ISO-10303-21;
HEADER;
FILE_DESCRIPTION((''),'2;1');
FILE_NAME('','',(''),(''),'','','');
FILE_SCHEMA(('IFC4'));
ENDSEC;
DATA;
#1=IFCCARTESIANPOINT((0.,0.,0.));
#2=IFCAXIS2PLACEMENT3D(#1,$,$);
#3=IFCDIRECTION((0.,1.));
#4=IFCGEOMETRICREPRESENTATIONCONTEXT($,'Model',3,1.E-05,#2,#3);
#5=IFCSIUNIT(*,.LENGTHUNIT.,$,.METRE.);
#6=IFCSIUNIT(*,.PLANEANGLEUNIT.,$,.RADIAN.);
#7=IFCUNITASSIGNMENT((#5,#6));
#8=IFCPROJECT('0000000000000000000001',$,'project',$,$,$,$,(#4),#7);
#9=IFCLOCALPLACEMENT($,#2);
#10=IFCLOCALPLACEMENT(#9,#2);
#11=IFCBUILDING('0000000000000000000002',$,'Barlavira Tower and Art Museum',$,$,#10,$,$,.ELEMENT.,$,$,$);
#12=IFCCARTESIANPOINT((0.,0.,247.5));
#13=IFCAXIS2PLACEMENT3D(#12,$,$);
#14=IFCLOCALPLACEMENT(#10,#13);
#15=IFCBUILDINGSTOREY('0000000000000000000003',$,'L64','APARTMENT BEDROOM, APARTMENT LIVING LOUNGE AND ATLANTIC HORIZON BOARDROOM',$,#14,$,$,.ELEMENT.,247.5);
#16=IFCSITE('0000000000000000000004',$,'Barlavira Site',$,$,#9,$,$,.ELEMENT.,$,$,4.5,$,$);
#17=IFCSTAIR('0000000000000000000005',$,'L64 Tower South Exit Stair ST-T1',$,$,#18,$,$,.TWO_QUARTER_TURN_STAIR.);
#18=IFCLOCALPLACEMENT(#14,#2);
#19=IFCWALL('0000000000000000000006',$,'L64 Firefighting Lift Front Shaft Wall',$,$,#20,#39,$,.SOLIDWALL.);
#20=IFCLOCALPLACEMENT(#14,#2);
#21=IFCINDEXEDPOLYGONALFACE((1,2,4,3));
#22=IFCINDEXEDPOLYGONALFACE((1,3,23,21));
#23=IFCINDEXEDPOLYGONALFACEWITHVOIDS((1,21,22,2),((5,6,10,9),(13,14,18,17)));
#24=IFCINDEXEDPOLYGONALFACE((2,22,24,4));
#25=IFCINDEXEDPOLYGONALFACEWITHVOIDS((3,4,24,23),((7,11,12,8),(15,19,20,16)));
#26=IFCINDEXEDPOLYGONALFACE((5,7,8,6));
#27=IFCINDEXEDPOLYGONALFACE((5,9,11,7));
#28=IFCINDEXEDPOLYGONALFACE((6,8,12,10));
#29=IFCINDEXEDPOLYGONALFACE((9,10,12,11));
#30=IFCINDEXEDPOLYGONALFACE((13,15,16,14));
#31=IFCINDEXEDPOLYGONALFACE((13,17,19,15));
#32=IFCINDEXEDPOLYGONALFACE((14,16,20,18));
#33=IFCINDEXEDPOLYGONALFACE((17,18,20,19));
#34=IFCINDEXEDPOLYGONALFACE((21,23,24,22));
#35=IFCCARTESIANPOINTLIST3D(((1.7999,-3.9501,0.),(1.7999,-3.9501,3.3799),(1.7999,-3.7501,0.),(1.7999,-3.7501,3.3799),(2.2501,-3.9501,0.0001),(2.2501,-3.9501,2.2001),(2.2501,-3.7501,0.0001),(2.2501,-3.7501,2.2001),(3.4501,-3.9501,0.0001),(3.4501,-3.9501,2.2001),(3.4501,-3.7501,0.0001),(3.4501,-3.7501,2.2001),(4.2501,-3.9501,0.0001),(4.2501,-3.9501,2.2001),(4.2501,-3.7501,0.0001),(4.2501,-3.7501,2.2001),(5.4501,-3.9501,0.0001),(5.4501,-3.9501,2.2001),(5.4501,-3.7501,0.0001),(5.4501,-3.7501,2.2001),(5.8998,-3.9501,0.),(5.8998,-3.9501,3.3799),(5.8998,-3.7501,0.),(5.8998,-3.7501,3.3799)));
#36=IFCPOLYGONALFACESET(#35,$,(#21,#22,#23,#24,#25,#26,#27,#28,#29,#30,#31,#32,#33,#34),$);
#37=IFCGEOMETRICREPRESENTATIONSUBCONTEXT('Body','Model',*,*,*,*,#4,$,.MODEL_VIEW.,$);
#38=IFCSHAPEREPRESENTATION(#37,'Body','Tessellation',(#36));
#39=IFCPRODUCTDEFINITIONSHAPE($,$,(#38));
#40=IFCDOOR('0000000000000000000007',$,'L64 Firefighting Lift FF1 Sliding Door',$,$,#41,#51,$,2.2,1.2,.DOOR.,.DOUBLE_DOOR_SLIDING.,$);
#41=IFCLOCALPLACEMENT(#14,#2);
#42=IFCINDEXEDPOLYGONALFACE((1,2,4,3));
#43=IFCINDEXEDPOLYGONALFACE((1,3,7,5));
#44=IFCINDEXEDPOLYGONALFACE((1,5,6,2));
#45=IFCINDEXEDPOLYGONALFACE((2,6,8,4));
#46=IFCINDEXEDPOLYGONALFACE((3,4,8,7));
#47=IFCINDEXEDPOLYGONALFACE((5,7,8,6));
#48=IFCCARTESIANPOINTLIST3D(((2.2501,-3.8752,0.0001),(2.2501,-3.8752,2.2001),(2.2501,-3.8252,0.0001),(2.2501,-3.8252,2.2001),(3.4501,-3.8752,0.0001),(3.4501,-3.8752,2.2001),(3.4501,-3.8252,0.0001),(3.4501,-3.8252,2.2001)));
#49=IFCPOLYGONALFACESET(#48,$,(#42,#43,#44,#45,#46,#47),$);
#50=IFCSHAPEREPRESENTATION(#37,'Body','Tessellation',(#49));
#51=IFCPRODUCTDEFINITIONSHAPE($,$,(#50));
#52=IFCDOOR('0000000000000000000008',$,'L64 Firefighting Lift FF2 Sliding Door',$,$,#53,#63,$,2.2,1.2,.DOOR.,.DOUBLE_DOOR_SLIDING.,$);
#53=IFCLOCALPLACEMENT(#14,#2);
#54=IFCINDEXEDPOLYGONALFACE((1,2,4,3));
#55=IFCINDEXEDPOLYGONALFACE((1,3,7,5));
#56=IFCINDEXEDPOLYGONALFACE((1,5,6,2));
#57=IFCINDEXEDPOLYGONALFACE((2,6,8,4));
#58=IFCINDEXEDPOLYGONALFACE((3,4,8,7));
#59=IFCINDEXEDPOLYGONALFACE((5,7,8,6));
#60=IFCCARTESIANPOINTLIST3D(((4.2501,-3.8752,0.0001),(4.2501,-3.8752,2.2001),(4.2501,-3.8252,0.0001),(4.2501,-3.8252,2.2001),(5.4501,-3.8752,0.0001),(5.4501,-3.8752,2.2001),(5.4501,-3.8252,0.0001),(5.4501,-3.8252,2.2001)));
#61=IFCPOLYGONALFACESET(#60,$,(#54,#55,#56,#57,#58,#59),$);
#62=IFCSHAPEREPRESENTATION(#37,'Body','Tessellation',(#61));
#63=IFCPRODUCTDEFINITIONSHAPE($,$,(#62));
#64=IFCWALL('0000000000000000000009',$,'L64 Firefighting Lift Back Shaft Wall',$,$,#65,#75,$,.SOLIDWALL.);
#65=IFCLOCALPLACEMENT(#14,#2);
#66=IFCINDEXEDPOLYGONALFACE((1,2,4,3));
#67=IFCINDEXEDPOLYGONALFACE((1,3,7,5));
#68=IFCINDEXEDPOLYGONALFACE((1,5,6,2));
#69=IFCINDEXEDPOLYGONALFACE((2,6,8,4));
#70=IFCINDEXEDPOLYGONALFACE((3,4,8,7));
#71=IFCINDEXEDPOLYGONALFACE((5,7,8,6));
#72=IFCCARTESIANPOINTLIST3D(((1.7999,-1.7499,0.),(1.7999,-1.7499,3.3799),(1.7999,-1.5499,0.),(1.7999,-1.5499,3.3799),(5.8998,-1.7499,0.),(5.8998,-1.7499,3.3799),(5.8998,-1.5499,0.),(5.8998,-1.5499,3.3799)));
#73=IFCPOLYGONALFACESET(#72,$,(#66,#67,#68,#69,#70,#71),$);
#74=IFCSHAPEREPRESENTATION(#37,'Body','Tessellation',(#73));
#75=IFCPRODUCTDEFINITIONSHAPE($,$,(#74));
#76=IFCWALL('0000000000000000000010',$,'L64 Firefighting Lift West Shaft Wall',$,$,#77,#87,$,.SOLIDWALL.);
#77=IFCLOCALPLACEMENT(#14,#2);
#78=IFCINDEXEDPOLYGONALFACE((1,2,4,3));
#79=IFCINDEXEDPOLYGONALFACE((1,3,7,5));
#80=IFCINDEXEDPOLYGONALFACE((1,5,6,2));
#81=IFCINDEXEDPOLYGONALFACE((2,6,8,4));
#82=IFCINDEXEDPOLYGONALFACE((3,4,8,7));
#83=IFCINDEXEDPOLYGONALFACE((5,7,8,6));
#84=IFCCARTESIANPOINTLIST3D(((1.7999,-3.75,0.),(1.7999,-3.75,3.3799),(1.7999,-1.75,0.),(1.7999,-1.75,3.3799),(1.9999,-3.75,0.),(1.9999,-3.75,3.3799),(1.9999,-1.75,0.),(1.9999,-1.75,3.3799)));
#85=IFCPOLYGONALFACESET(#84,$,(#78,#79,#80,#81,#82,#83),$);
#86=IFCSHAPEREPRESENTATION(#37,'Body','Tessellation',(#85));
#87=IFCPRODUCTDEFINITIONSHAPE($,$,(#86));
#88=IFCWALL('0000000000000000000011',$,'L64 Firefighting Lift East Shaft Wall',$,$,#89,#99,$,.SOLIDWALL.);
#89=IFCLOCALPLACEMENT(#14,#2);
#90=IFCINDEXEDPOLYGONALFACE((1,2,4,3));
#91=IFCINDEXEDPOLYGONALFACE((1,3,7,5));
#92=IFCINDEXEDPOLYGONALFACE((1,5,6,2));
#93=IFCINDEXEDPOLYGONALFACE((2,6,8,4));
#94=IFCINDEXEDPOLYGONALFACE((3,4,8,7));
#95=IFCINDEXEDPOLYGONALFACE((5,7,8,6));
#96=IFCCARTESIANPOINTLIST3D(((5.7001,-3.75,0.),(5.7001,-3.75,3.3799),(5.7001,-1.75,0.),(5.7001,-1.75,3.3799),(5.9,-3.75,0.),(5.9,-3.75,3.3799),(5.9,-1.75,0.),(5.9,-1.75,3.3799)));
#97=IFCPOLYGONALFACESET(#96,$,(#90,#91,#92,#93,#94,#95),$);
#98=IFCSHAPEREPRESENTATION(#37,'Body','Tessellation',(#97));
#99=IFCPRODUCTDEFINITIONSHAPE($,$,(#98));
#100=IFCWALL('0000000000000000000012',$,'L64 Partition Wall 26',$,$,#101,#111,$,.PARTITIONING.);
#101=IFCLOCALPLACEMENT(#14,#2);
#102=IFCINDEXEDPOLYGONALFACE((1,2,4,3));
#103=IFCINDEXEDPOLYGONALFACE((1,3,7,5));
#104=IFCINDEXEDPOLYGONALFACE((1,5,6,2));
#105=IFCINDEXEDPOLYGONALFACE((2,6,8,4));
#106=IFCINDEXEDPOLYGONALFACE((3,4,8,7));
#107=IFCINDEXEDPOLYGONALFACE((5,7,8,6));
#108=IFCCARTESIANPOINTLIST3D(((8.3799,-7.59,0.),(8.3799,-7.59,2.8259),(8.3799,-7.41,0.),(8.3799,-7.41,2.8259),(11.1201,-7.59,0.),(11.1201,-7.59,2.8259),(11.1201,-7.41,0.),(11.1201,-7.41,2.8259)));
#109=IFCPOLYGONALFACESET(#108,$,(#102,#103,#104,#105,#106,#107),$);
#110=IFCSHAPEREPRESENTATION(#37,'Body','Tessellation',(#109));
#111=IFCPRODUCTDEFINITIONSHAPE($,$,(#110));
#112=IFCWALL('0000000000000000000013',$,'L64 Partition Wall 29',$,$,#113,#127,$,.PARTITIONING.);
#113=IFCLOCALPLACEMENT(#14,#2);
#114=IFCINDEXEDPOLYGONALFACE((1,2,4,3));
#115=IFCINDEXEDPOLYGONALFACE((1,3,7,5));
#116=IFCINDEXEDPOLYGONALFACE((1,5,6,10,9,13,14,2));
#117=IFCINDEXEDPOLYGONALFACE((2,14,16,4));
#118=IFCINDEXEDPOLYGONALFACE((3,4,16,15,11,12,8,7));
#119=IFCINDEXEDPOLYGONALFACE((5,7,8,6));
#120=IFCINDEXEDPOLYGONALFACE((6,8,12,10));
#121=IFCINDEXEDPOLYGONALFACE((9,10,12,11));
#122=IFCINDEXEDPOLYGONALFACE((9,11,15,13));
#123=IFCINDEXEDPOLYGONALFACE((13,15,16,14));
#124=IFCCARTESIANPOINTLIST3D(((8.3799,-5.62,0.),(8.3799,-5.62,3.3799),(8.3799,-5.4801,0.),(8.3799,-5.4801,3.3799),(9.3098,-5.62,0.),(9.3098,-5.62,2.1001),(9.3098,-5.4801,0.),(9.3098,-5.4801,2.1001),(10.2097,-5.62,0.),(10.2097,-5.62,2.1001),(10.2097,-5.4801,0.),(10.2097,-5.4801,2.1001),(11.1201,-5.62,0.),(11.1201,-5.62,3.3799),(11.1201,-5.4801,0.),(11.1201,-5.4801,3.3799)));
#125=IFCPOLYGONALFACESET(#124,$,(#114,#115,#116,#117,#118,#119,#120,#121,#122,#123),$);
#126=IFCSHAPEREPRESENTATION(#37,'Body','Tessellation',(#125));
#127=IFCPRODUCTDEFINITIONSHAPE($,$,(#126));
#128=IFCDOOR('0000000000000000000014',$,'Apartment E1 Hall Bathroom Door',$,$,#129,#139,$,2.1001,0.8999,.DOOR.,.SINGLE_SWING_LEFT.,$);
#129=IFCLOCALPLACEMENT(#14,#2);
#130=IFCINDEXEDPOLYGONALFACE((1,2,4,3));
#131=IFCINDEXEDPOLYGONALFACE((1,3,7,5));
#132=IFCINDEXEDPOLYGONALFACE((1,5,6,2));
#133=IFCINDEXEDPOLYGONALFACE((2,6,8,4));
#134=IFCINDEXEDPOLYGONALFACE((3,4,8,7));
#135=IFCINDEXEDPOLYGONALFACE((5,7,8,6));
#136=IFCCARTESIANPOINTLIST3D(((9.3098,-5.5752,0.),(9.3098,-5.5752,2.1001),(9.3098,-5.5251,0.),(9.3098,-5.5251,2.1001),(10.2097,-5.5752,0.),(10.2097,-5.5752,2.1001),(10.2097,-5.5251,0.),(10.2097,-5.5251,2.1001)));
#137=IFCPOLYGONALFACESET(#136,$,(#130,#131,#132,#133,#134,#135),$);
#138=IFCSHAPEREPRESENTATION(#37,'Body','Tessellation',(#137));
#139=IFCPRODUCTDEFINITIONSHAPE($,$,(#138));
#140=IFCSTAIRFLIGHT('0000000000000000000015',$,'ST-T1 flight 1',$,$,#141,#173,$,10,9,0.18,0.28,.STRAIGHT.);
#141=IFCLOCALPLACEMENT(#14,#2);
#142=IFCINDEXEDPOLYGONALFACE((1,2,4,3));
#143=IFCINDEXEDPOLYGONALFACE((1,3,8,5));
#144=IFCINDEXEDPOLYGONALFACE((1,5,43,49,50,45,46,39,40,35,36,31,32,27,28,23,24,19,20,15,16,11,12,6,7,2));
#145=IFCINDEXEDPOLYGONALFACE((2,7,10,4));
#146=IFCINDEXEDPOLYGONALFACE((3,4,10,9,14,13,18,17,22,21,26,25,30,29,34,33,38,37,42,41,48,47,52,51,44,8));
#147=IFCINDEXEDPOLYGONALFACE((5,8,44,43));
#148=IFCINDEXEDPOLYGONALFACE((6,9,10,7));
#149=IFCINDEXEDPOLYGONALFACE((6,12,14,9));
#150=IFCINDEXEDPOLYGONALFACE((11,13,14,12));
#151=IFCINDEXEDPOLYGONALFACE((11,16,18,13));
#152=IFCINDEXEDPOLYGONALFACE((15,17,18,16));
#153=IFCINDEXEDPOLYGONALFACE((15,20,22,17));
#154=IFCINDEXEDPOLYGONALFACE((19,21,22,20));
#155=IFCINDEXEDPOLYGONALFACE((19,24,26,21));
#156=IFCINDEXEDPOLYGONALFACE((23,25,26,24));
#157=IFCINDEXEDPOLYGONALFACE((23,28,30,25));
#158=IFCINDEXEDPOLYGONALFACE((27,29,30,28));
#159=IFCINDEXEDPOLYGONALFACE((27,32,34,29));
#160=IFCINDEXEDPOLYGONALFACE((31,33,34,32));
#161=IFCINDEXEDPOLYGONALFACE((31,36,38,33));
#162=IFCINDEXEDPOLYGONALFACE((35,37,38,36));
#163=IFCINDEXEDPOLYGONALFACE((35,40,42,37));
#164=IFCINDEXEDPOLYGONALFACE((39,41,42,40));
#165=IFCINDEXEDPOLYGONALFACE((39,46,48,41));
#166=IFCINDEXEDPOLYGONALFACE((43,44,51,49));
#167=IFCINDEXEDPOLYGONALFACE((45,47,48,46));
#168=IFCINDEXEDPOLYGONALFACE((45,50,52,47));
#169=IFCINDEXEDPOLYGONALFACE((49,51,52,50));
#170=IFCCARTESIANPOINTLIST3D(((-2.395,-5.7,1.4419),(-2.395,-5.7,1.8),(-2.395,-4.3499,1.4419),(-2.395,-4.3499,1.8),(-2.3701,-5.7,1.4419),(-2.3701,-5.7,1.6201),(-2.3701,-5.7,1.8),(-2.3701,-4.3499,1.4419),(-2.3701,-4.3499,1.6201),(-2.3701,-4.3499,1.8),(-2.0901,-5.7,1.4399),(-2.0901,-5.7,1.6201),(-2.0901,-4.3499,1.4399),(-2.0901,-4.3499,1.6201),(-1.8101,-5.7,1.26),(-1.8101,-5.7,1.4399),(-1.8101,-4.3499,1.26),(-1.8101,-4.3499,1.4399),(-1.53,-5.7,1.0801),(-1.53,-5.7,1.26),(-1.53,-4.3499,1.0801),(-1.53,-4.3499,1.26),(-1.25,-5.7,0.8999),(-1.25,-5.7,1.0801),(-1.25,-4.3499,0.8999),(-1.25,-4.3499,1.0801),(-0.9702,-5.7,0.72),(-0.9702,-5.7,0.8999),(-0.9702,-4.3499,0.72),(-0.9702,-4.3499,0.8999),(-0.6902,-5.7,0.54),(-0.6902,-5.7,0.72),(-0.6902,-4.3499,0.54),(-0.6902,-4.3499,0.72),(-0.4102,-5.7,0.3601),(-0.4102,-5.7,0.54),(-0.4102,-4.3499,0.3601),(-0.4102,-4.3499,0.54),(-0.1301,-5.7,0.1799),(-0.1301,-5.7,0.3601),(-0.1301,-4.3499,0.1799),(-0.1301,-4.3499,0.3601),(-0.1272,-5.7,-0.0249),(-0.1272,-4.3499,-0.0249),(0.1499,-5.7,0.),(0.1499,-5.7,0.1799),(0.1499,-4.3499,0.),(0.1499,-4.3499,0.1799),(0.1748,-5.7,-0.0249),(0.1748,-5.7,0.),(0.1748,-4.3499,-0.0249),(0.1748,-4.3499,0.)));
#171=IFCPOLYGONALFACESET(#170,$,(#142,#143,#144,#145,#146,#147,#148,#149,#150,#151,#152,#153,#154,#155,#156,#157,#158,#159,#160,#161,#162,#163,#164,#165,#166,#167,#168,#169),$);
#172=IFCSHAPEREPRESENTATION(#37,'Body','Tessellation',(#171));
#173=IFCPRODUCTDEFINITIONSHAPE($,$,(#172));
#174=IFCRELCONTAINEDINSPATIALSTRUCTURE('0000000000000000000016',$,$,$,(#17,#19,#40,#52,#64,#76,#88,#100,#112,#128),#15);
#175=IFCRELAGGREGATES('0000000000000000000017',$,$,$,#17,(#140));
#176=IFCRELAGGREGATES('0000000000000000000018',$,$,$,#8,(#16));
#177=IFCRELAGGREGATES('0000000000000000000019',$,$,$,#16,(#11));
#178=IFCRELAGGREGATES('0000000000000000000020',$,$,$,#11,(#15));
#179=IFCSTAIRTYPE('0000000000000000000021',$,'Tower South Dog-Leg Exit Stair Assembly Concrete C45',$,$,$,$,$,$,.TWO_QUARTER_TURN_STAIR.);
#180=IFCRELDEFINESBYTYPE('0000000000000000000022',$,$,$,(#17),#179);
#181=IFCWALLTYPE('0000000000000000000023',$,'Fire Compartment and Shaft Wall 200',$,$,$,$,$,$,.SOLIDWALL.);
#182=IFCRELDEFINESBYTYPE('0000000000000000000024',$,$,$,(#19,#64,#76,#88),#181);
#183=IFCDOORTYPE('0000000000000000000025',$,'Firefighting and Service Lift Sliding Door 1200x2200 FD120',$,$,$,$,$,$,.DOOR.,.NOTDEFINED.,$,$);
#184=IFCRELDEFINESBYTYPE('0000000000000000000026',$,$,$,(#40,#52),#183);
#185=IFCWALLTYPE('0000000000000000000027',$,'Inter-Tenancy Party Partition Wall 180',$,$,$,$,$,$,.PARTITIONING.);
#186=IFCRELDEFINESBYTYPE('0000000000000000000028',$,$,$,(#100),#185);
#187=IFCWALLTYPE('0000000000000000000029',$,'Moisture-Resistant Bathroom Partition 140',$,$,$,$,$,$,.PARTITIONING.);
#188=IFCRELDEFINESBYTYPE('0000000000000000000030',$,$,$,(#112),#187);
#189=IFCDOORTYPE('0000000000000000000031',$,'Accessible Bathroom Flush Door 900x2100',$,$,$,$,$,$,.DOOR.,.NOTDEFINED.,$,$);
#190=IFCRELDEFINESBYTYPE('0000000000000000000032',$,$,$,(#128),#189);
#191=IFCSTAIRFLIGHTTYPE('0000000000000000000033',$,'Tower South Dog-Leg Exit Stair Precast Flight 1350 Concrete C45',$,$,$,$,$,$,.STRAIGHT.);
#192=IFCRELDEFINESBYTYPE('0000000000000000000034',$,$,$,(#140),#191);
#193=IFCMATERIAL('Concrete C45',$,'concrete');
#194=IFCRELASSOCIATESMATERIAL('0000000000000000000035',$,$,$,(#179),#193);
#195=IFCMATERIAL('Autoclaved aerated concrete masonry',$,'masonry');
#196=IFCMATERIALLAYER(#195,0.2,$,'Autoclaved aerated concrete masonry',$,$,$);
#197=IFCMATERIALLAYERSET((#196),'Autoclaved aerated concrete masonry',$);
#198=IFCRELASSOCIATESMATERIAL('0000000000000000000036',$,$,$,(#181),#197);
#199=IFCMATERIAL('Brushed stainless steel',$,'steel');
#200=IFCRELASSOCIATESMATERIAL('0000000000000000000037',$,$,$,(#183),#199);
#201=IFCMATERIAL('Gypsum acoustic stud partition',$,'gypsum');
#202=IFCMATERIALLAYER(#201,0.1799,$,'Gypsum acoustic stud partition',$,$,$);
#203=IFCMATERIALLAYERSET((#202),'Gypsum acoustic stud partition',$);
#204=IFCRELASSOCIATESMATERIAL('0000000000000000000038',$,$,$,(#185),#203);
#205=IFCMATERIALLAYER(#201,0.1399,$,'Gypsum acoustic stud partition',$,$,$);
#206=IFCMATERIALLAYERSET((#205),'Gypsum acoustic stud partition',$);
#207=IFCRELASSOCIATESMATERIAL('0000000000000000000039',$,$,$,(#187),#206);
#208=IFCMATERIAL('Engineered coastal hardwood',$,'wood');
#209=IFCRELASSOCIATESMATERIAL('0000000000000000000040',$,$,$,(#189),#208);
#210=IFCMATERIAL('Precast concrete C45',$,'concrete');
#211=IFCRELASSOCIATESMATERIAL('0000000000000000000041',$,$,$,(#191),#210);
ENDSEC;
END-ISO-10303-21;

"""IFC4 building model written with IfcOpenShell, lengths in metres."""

from ifc_helpers import new_model, si_unit, direction, frame, frame_2d, origin, place, context, subcontext, project, spatial, polyline, rectangle, outline, extrude, material, layer, layer_set, type_object, element, fill, aggregate, save


model = new_model("IFC4")

# Units and contexts
model_context = context("Model", 3, precision=1e-05, world=origin(), true_north=direction((0.0, 1.0)))
body_context = subcontext(model_context, "Body", "Model", "MODEL_VIEW")
ifc_project = project(units=[si_unit("LENGTHUNIT", "METRE"), si_unit("PLANEANGLEUNIT", "RADIAN")], contexts=[model_context])

# Site, building, storey
site_placement = place(None, origin())
site = spatial("IfcSite", under=ifc_project, at=site_placement, Name="Barlavira Site", CompositionType="ELEMENT", RefElevation=4.5)
building_placement = place(site_placement, origin())
building = spatial("IfcBuilding", under=site, at=building_placement, Name="Barlavira Tower and Art Museum", CompositionType="ELEMENT")
storey_placement = place(building_placement, frame((0.0, 0.0, 247.5)))
storey = spatial("IfcBuildingStorey", under=building, at=storey_placement, Name="L64", Description="APARTMENT BEDROOM, APARTMENT LIVING LOUNGE AND ATLANTIC HORIZON BOARDROOM", CompositionType="ELEMENT", Elevation=247.5)

# Stair
ifc_material_1 = material(Name="Concrete C45", Category="concrete")
stair_type_1 = type_object("IfcStairType", Name="Tower South Dog-Leg Exit Stair Assembly Concrete C45", PredefinedType="TWO_QUARTER_TURN_STAIR", material=ifc_material_1)
stair_1_placement = place(storey_placement, origin())
stair_1 = element("IfcStair", 1, at=stair_1_placement, inside=storey, type_object=stair_type_1, Name="L64 Tower South Exit Stair ST-T1", PredefinedType="TWO_QUARTER_TURN_STAIR")

# Shared definitions
ifc_material_2 = material(Name="Gypsum acoustic stud partition", Category="gypsum")
ifc_material_3 = material(Name="Engineered coastal hardwood", Category="wood")
ifc_material_4 = material(Name="Brushed stainless steel", Category="steel")

# Wall, openings, doors
ifc_material_5 = material(Name="Autoclaved aerated concrete masonry", Category="masonry")
ifc_layer_1 = layer(ifc_material_5, 0.2, Name="Autoclaved aerated concrete masonry")
ifc_layer_set_1 = layer_set([ifc_layer_1], Name="Autoclaved aerated concrete masonry")
wall_type_1 = type_object("IfcWallType", Name="Fire Compartment and Shaft Wall 200", PredefinedType="SOLIDWALL", material=ifc_layer_set_1)
wall_1_placement = place(storey_placement, frame((1.8, -3.8501, 0.0), z_axis=(0.0, 0.0, 1.0), x_axis=(1.0, 0.0, 0.0)))
wall_1 = element("IfcWall", 2, at=wall_1_placement, inside=storey, type_object=wall_type_1, Name="L64 Firefighting Lift Front Shaft Wall", PredefinedType="SOLIDWALL", context=body_context, shape_type="SweptSolid", body=[
    extrude(rectangle(XDim=4.0999, YDim=0.2, at=frame_2d((2.0498, 0.0))), origin(), (0.0, 0.0, 1.0), 3.3799),
])
opening_1_placement = place(wall_1_placement, frame((0.45, 0.0, 0.0)))
opening_1 = element("IfcOpeningElement", 3, at=opening_1_placement, cuts=wall_1, PredefinedType="OPENING", context=body_context, shape_type="SweptSolid", body=[
    extrude(rectangle(XDim=1.2, YDim=2.2, at=frame_2d((0.6001, 1.1001))), frame((0.0, 0.1099, 0.0), z_axis=(0.0, -1.0, 0.0), x_axis=(1.0, 0.0, 0.0)), (0.0, 0.0, 1.0), 0.22),
])
opening_2_placement = place(wall_1_placement, frame((2.45, 0.0, 0.0)))
opening_2 = element("IfcOpeningElement", 4, at=opening_2_placement, cuts=wall_1, PredefinedType="OPENING", context=body_context, shape_type="SweptSolid", body=[
    extrude(rectangle(XDim=1.2, YDim=2.2, at=frame_2d((0.6001, 1.1001))), frame((0.0, 0.1099, 0.0), z_axis=(0.0, -1.0, 0.0), x_axis=(1.0, 0.0, 0.0)), (0.0, 0.0, 1.0), 0.22),
])
door_type_1 = type_object("IfcDoorType", Name="Firefighting and Service Lift Sliding Door 1200x2200 FD120", OperationType="NOTDEFINED", PredefinedType="DOOR", material=ifc_material_4)
door_1_placement = place(opening_1_placement, origin())
door_1 = element("IfcDoor", 5, at=door_1_placement, inside=storey, type_object=door_type_1, Name="L64 Firefighting Lift FF1 Sliding Door", OperationType="DOUBLE_DOOR_SLIDING", OverallHeight=2.2, OverallWidth=1.2, PredefinedType="DOOR", context=body_context, shape_type="SweptSolid", body=[
    extrude(rectangle(XDim=1.2, YDim=2.2, at=frame_2d((0.6001, 1.1001))), frame((0.0, 0.0249, 0.0), z_axis=(0.0, -1.0, 0.0), x_axis=(1.0, 0.0, 0.0)), (0.0, 0.0, 1.0), 0.05),
])
fill(opening_1, door_1)
door_2_placement = place(opening_2_placement, origin())
door_2 = element("IfcDoor", 6, at=door_2_placement, inside=storey, type_object=door_type_1, Name="L64 Firefighting Lift FF2 Sliding Door", OperationType="DOUBLE_DOOR_SLIDING", OverallHeight=2.2, OverallWidth=1.2, PredefinedType="DOOR", context=body_context, shape_type="SweptSolid", body=[
    extrude(rectangle(XDim=1.2, YDim=2.2, at=frame_2d((0.6001, 1.1001))), frame((0.0, 0.0249, 0.0), z_axis=(0.0, -1.0, 0.0), x_axis=(1.0, 0.0, 0.0)), (0.0, 0.0, 1.0), 0.05),
])
fill(opening_2, door_2)

# Walls
wall_2_placement = place(storey_placement, frame((1.8, -1.6499, 0.0), z_axis=(0.0, 0.0, 1.0), x_axis=(1.0, 0.0, 0.0)))
element("IfcWall", 7, at=wall_2_placement, inside=storey, type_object=wall_type_1, Name="L64 Firefighting Lift Back Shaft Wall", PredefinedType="SOLIDWALL", context=body_context, shape_type="SweptSolid", body=[
    extrude(rectangle(XDim=4.0999, YDim=0.2, at=frame_2d((2.0498, 0.0))), origin(), (0.0, 0.0, 1.0), 3.3799),
])
for number, where, z_axis, x_axis, name in (
    (8, (1.8999, -3.75, 0.0), (0.0, 0.0, 1.0), (0.0, 1.0, 0.0), "L64 Firefighting Lift West Shaft Wall"),
    (9, (5.8, -3.75, 0.0), (0.0, 0.0, 1.0), (0.0, 1.0, 0.0), "L64 Firefighting Lift East Shaft Wall"),
):
    element("IfcWall", number, at=place(storey_placement, frame(where, z_axis=z_axis, x_axis=x_axis)), inside=storey, type_object=wall_type_1, Name=name, PredefinedType="SOLIDWALL", context=body_context, shape_type="SweptSolid", body=[
        extrude(rectangle(XDim=2.0, YDim=0.2, at=frame_2d((1.0, 0.0))), origin(), (0.0, 0.0, 1.0), 3.3799),
    ])
ifc_layer_2 = layer(ifc_material_2, 0.1799, Name="Gypsum acoustic stud partition")
ifc_layer_set_2 = layer_set([ifc_layer_2], Name="Gypsum acoustic stud partition")
wall_type_2 = type_object("IfcWallType", Name="Inter-Tenancy Party Partition Wall 180", PredefinedType="PARTITIONING", material=ifc_layer_set_2)
wall_3_placement = place(storey_placement, frame((8.3799, -7.5, 0.0), z_axis=(0.0, 0.0, 1.0), x_axis=(1.0, 0.0, 0.0)))
element("IfcWall", 10, at=wall_3_placement, inside=storey, type_object=wall_type_2, Name="L64 Partition Wall 26", PredefinedType="PARTITIONING", context=body_context, shape_type="SweptSolid", body=[
    extrude(rectangle(XDim=2.7402, YDim=0.1799, at=frame_2d((1.3701, 0.0))), origin(), (0.0, 0.0, 1.0), 2.8259),
])

# Wall, opening, door
ifc_layer_3 = layer(ifc_material_2, 0.1399, Name="Gypsum acoustic stud partition")
ifc_layer_set_3 = layer_set([ifc_layer_3], Name="Gypsum acoustic stud partition")
wall_type_3 = type_object("IfcWallType", Name="Moisture-Resistant Bathroom Partition 140", PredefinedType="PARTITIONING", material=ifc_layer_set_3)
wall_4_placement = place(storey_placement, frame((8.3799, -5.55, 0.0), z_axis=(0.0, 0.0, 1.0), x_axis=(1.0, 0.0, 0.0)))
wall_4 = element("IfcWall", 11, at=wall_4_placement, inside=storey, type_object=wall_type_3, Name="L64 Partition Wall 29", PredefinedType="PARTITIONING", context=body_context, shape_type="SweptSolid", body=[
    extrude(rectangle(XDim=2.7402, YDim=0.1399, at=frame_2d((1.3701, 0.0))), origin(), (0.0, 0.0, 1.0), 3.3799),
])
opening_3_placement = place(wall_4_placement, frame((0.9299, 0.0, 0.0)))
opening_3 = element("IfcOpeningElement", 12, at=opening_3_placement, cuts=wall_4, PredefinedType="OPENING", context=body_context, shape_type="SweptSolid", body=[
    extrude(rectangle(XDim=0.8999, YDim=2.1001, at=frame_2d((0.45, 1.05))), frame((0.0, 0.0801, 0.0), z_axis=(0.0, -1.0, 0.0), x_axis=(1.0, 0.0, 0.0)), (0.0, 0.0, 1.0), 0.1599),
])
door_type_2 = type_object("IfcDoorType", Name="Accessible Bathroom Flush Door 900x2100", OperationType="NOTDEFINED", PredefinedType="DOOR", material=ifc_material_3)
door_3_placement = place(opening_3_placement, origin())
door_3 = element("IfcDoor", 13, at=door_3_placement, inside=storey, type_object=door_type_2, Name="Apartment E1 Hall Bathroom Door", OperationType="SINGLE_SWING_LEFT", OverallHeight=2.1001, OverallWidth=0.8999, PredefinedType="DOOR", context=body_context, shape_type="SweptSolid", body=[
    extrude(rectangle(XDim=0.8999, YDim=2.1001, at=frame_2d((0.45, 1.05))), frame((0.0, 0.0249, 0.0), z_axis=(0.0, -1.0, 0.0), x_axis=(1.0, 0.0, 0.0)), (0.0, 0.0, 1.0), 0.05),
])
fill(opening_3, door_3)

# Stair flight
ifc_material_6 = material(Name="Precast concrete C45", Category="concrete")
stair_flight_type = type_object("IfcStairFlightType", Name="Tower South Dog-Leg Exit Stair Precast Flight 1350 Concrete C45", PredefinedType="STRAIGHT", material=ifc_material_6)
stair_flight_placement = place(storey_placement, frame((0.1499, -5.0249, 0.0), z_axis=(0.0, 0.0, 1.0), x_axis=(-1.0, 0.0, 0.0)))
stair_flight = element("IfcStairFlight", 14, at=stair_flight_placement, type_object=stair_flight_type, Name="ST-T1 flight 1", NumberOfRisers=10, NumberOfTreads=9, PredefinedType="STRAIGHT", RiserHeight=0.18, TreadLength=0.28, context=body_context, shape_type="SweptSolid", body=[
    extrude(outline(polyline([(-0.0249, 0.0), (0.0, 0.0), (0.0, 0.1799), (0.28, 0.1799), (0.28, 0.3601), (0.5601, 0.3601), (0.5601, 0.54), (0.8401, 0.54), (0.8401, 0.72), (1.1201, 0.72), (1.1201, 0.8999), (1.3999, 0.8999), (1.3999, 1.0801), (1.6799, 1.0801), (1.6799, 1.26), (1.96, 1.26), (1.96, 1.4399), (2.24, 1.4399), (2.24, 1.6201), (2.52, 1.6201), (2.52, 1.8), (2.5449, 1.8), (2.5449, 1.4419), (2.52, 1.4419), (0.2771, -0.0249), (-0.0249, -0.0249), (-0.0249, 0.0)])), frame((0.0, 0.675, 0.0), z_axis=(0.0, -1.0, 0.0), x_axis=(1.0, 0.0, 0.0)), (0.0, 0.0, 1.0), 1.3501),
])
aggregate(stair_1, [stair_flight])

save(model, "model.ifc")
